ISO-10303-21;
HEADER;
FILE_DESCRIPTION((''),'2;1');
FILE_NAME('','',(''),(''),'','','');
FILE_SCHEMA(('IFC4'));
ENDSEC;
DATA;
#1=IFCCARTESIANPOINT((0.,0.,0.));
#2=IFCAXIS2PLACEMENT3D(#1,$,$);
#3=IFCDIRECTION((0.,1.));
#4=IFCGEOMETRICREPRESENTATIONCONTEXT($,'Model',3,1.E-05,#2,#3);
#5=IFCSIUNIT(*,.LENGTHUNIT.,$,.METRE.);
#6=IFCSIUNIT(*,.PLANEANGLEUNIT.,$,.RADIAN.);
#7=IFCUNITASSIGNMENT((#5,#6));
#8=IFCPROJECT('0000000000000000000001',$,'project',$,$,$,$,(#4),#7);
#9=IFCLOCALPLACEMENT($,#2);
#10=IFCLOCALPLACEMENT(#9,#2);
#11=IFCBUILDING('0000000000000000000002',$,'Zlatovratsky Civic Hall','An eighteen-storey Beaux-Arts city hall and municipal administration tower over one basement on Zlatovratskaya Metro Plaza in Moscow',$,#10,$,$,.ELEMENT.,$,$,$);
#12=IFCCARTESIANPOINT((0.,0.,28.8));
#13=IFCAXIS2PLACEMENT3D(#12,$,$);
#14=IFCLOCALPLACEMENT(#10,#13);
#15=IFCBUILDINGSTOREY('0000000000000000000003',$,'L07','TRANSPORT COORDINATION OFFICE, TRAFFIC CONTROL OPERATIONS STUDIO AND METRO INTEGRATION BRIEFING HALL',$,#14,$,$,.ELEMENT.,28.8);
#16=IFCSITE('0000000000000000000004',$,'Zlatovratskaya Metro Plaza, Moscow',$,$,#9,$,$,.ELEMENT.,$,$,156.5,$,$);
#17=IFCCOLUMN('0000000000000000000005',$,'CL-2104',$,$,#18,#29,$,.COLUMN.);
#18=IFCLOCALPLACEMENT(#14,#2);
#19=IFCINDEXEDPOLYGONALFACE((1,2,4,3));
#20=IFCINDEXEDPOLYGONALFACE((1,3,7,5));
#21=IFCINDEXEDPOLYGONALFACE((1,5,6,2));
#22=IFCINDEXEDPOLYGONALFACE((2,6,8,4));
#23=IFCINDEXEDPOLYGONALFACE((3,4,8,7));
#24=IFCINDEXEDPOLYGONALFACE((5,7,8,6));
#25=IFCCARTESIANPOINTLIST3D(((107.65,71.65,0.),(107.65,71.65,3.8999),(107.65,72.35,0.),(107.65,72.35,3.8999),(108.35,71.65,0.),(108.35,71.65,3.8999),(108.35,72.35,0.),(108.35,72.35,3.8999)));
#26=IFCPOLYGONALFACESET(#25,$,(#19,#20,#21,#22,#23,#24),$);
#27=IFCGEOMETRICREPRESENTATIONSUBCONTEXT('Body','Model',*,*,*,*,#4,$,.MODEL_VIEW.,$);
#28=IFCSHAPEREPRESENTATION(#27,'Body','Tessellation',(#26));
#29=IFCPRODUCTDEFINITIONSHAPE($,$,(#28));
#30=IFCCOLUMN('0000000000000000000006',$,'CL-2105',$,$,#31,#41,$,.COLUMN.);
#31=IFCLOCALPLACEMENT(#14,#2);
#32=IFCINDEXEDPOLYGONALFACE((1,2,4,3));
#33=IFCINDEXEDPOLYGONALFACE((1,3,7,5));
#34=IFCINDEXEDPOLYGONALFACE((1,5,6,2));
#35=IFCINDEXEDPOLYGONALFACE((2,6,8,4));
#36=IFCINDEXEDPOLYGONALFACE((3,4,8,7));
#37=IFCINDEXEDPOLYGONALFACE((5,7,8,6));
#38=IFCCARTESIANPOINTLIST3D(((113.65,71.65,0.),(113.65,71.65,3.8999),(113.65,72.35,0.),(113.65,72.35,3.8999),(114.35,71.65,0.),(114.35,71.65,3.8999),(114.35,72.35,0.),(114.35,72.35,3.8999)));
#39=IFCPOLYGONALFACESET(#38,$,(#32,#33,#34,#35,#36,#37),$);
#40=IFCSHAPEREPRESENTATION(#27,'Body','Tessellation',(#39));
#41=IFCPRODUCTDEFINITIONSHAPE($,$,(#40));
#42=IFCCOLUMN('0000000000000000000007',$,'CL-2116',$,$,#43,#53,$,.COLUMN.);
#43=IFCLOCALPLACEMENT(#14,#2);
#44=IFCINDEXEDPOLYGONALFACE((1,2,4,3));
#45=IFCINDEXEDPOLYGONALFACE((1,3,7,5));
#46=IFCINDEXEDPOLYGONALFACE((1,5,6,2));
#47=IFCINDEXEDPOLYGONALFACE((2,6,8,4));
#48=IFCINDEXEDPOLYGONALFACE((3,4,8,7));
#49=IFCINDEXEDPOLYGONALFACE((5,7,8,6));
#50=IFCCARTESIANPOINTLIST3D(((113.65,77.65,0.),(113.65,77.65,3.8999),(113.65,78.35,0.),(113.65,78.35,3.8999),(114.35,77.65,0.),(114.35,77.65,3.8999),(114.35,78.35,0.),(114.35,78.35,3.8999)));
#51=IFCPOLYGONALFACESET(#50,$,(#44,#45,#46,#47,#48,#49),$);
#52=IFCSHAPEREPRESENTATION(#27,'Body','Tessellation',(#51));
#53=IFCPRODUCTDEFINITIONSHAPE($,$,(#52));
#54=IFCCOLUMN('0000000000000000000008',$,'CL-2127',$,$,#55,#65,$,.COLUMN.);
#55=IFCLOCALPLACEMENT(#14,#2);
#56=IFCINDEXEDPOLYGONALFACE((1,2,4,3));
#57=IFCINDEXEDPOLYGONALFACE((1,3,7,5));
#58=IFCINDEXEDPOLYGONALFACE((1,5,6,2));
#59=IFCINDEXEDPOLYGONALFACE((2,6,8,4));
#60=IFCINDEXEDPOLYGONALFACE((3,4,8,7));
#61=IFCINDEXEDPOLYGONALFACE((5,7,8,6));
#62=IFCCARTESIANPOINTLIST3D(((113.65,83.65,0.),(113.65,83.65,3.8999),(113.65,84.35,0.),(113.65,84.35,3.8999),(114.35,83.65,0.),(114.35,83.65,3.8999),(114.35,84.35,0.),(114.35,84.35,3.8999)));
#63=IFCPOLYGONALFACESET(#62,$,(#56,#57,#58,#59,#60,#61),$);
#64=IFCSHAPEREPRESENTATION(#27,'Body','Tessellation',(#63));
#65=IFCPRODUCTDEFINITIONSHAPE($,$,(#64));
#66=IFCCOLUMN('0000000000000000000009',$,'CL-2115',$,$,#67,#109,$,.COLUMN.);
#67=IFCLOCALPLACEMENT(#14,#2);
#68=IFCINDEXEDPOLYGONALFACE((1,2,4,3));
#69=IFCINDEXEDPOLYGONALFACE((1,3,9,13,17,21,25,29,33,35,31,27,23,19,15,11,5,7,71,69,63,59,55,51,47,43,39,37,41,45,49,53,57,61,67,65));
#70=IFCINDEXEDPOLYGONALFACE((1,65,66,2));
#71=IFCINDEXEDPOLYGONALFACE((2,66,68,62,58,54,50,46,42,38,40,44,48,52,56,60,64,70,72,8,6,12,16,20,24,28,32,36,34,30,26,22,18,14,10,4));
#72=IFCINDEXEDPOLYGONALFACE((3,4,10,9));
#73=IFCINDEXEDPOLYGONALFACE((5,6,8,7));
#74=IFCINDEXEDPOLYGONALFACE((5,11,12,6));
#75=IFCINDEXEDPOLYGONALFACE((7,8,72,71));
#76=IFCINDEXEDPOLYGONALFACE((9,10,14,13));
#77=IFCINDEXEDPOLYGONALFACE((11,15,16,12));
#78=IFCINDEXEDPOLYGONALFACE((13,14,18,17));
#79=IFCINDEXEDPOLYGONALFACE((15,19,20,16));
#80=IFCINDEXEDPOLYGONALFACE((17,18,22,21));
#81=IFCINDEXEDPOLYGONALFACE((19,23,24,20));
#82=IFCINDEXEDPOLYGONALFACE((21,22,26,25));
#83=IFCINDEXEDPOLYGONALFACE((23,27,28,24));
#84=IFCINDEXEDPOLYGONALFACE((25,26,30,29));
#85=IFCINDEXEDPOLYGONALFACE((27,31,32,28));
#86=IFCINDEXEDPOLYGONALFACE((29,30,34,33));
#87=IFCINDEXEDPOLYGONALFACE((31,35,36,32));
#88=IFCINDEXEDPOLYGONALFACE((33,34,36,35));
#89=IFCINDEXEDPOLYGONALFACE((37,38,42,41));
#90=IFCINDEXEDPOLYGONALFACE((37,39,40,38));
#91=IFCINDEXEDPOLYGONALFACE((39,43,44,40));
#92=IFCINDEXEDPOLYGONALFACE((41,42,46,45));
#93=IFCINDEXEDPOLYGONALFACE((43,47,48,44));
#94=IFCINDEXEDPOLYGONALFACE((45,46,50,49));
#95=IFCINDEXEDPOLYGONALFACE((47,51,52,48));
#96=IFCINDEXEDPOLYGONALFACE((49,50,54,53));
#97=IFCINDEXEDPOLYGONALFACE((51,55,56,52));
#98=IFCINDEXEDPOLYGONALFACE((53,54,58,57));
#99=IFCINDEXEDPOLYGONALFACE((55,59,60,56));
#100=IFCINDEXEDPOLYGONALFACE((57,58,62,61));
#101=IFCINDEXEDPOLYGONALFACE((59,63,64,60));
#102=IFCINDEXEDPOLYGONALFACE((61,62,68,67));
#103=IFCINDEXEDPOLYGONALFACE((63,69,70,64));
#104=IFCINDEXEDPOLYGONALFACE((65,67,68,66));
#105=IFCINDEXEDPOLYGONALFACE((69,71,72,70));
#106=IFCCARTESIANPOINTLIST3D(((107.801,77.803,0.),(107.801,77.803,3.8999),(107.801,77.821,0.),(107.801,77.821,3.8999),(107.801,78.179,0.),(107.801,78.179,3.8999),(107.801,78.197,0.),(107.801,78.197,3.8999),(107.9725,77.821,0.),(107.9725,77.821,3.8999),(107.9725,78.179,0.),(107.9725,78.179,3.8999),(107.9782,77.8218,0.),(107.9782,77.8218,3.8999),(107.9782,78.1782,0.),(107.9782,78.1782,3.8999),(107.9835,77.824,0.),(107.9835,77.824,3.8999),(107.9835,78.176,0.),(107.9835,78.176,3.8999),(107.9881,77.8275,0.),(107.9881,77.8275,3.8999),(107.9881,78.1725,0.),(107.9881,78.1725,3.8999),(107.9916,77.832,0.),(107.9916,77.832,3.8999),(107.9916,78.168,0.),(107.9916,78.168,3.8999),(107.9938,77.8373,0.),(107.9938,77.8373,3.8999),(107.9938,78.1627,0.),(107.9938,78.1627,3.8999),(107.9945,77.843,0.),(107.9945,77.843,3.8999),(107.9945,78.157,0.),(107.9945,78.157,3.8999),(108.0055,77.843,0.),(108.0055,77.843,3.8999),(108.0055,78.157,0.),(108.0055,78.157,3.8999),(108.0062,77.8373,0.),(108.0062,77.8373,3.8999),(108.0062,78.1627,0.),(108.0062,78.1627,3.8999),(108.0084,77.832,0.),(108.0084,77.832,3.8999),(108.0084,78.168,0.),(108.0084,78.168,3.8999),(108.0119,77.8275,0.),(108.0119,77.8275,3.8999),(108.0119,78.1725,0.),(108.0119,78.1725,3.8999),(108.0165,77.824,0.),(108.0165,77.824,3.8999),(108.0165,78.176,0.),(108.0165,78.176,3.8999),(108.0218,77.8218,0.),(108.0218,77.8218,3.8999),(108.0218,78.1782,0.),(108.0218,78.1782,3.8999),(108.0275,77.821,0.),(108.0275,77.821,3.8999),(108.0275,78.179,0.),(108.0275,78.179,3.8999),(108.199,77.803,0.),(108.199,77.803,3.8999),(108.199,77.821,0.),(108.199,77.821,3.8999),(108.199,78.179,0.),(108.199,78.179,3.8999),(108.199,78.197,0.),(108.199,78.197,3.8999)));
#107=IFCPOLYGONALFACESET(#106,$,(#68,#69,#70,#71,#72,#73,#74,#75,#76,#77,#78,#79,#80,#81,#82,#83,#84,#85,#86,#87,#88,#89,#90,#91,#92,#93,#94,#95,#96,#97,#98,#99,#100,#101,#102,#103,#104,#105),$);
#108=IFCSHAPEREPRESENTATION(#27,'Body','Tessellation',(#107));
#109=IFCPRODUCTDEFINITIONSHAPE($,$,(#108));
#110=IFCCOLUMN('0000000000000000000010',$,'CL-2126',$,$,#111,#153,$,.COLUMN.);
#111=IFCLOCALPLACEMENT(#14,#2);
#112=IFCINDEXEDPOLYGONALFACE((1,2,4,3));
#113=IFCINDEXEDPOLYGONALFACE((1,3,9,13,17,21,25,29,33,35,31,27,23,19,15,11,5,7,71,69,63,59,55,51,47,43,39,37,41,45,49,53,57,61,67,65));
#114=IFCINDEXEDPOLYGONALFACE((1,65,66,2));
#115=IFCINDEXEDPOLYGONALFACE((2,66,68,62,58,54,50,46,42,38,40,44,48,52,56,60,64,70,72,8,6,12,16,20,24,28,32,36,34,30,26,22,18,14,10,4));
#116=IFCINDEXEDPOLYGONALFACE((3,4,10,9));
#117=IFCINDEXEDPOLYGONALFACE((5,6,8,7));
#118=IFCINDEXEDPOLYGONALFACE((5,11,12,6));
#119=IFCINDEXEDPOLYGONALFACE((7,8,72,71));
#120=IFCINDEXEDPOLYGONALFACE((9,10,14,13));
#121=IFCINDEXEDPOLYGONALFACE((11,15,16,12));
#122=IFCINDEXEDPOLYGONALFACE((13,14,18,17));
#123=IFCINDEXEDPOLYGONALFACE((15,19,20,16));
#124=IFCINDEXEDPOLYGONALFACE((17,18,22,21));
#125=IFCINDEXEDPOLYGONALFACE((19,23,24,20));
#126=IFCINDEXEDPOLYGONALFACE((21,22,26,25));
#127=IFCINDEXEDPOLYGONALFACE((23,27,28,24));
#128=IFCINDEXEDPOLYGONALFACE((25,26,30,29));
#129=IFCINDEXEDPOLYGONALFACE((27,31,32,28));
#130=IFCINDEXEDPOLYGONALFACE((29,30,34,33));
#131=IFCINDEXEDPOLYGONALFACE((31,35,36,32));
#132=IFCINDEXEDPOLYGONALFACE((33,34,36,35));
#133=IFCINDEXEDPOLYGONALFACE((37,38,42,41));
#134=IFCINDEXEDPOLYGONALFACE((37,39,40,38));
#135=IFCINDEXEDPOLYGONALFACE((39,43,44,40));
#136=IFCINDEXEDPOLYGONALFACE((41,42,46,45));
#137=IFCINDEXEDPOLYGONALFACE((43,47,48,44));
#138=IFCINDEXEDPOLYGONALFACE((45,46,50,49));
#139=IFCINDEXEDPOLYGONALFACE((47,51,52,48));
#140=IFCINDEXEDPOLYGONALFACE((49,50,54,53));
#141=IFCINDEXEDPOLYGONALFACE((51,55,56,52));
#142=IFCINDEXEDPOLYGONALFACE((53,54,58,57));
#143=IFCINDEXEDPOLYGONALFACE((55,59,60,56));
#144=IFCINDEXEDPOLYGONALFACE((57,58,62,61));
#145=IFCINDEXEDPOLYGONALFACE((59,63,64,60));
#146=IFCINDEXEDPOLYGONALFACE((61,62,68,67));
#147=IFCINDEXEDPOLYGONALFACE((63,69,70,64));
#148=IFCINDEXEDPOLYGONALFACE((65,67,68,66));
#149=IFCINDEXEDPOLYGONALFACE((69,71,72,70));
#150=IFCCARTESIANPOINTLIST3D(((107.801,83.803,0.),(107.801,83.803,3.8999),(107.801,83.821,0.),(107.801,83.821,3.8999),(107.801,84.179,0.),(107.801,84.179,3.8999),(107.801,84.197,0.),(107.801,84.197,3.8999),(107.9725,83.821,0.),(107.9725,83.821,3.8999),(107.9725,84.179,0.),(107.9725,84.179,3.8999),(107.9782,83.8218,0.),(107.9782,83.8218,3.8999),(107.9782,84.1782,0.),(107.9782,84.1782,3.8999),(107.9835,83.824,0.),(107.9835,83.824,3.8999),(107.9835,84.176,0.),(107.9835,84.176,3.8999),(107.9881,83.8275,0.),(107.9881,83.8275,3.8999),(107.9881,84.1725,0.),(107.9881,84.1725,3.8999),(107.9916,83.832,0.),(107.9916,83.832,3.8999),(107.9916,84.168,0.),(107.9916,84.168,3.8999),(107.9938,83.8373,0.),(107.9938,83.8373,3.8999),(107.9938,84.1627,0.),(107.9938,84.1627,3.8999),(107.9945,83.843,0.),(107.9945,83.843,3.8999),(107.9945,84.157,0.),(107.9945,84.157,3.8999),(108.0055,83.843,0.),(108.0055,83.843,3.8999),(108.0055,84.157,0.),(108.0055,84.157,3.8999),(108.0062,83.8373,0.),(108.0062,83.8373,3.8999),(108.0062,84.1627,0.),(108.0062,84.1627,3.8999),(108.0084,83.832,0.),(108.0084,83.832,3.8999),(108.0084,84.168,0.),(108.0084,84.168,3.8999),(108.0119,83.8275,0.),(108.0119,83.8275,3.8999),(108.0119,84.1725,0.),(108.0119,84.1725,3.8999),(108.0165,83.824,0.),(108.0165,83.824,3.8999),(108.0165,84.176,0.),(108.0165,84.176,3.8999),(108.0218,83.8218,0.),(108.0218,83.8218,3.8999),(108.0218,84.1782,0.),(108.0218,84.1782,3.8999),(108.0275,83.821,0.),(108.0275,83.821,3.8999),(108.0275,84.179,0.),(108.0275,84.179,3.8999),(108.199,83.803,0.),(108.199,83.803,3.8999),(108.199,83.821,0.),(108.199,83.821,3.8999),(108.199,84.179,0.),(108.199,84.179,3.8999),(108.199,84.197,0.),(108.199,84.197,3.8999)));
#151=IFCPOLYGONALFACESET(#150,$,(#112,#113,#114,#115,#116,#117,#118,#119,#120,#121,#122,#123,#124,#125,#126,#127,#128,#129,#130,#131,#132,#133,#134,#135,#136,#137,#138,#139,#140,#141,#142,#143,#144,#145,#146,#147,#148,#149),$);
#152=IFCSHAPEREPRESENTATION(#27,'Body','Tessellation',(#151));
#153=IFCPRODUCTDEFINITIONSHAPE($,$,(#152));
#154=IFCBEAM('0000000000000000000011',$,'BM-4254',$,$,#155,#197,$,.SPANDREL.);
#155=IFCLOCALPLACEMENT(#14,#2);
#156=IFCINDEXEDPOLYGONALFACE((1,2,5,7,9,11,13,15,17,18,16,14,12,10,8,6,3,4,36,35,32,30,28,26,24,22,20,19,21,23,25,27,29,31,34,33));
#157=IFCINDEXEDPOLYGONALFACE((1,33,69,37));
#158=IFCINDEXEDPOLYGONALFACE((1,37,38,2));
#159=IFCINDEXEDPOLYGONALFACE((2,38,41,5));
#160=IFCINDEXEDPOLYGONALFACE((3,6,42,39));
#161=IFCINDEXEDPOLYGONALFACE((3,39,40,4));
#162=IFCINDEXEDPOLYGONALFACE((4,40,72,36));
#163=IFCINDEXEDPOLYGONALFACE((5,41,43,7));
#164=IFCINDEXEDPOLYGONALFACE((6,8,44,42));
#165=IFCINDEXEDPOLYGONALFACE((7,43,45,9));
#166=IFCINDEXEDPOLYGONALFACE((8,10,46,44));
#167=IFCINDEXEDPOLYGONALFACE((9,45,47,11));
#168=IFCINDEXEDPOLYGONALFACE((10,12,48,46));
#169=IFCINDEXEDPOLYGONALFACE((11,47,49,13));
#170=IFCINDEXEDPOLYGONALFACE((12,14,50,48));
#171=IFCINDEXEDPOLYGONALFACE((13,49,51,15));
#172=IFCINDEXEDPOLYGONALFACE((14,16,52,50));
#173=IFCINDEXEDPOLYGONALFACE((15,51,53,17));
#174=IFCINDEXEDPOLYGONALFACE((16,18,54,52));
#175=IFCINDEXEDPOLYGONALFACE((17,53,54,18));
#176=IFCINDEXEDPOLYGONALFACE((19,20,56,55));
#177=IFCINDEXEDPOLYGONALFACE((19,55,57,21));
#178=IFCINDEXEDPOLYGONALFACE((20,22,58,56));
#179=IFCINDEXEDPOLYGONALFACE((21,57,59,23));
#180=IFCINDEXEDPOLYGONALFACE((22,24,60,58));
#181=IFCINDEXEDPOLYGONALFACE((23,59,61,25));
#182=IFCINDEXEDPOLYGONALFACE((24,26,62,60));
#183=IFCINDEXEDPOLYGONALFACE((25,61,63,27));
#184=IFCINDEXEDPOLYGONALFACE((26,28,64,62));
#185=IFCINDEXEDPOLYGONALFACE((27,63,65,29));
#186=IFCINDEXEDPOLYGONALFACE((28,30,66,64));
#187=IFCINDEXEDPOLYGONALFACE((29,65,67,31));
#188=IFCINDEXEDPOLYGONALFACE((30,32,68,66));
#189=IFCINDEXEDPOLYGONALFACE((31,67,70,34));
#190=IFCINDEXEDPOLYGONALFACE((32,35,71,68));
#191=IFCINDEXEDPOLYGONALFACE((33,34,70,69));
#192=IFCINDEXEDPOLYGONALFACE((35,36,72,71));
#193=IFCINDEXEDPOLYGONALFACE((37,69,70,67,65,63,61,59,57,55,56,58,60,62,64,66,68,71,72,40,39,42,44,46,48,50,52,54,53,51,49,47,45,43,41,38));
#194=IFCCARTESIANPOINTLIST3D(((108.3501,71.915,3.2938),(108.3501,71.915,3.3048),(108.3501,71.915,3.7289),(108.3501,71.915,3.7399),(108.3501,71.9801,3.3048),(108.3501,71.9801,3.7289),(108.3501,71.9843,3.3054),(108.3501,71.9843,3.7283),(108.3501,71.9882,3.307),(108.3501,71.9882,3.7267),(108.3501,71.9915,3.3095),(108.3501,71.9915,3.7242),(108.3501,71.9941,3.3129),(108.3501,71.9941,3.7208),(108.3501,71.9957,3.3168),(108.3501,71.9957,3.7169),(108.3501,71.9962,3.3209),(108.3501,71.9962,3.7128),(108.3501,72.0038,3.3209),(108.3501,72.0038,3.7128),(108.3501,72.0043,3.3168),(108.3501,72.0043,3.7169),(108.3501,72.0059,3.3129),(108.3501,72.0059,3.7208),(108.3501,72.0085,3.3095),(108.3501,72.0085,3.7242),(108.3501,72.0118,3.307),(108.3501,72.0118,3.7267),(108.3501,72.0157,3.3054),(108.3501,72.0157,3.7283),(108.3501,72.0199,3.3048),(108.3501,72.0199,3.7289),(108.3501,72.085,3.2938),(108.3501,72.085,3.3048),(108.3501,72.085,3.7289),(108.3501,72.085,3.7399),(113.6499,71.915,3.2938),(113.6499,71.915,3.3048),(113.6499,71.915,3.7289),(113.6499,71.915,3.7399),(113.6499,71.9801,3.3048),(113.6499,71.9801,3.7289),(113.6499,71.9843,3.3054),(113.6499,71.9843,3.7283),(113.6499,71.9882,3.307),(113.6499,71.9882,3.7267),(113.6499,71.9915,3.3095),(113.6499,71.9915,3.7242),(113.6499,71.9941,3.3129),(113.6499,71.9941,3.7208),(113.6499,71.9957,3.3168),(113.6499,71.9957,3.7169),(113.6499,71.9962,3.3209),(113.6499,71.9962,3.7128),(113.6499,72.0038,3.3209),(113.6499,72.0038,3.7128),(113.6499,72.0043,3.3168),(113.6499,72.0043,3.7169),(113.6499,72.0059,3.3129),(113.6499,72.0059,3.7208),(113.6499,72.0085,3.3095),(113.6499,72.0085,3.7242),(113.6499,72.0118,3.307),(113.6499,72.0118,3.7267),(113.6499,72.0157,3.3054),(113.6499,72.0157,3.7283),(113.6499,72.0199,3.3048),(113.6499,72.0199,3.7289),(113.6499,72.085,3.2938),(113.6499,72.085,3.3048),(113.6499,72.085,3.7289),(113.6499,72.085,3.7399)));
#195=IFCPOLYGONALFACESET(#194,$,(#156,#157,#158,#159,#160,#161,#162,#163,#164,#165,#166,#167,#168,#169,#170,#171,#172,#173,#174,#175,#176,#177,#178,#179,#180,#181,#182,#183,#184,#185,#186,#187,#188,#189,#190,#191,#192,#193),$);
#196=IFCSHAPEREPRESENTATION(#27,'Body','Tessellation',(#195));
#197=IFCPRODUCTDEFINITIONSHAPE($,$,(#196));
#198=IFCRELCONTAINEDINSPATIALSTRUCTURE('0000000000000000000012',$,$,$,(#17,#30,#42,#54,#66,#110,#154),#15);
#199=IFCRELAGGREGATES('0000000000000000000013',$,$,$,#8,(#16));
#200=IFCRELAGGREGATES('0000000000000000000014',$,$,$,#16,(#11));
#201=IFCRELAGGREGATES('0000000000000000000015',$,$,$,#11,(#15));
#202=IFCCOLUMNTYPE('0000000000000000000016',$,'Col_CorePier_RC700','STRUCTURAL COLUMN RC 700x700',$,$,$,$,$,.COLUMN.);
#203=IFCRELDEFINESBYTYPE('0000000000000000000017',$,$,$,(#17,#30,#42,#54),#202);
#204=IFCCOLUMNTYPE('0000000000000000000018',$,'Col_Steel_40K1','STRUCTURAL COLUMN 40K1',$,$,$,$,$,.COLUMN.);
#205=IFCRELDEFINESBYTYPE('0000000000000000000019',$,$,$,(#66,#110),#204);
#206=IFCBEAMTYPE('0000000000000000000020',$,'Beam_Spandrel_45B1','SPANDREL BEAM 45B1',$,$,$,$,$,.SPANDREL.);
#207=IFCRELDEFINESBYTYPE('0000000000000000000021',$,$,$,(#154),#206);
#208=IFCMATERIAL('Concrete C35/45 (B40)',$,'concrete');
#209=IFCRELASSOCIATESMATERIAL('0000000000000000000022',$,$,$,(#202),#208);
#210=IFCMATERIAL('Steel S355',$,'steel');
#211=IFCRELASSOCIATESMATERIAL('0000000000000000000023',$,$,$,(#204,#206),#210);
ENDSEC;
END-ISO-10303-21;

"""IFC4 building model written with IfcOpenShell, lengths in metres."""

from ifc_helpers import new_model, si_unit, direction, frame, origin, origin_2d, place, context, subcontext, project, spatial, rectangle, i_section, extrude, material, material_profile, profile_set, type_object, element, save


model = new_model("IFC4")

# Units and contexts
model_context = context("Model", 3, precision=1e-05, world=origin(), true_north=direction((0.0, 1.0)))
body_context = subcontext(model_context, "Body", "Model", "MODEL_VIEW")
ifc_project = project(units=[si_unit("LENGTHUNIT", "METRE"), si_unit("PLANEANGLEUNIT", "RADIAN")], contexts=[model_context])

# Site, building, storey
site_placement = place(None, origin())
site = spatial("IfcSite", under=ifc_project, at=site_placement, Name="Zlatovratskaya Metro Plaza, Moscow", CompositionType="ELEMENT", RefElevation=156.5)
building_placement = place(site_placement, origin())
building = spatial("IfcBuilding", under=site, at=building_placement, Name="Zlatovratsky Civic Hall", Description="An eighteen-storey Beaux-Arts city hall and municipal administration tower over one basement on Zlatovratskaya Metro Plaza in Moscow", CompositionType="ELEMENT")
storey_placement = place(building_placement, frame((0.0, 0.0, 28.8)))
storey = spatial("IfcBuildingStorey", under=building, at=storey_placement, Name="L07", Description="TRANSPORT COORDINATION OFFICE, TRAFFIC CONTROL OPERATIONS STUDIO AND METRO INTEGRATION BRIEFING HALL", CompositionType="ELEMENT", Elevation=28.8)

# Columns
ifc_material_1 = material(Name="Concrete C35/45 (B40)", Category="concrete")
ifc_material_profile_1 = material_profile(ifc_material_1, rectangle(XDim=0.7, YDim=0.7, at=origin_2d()), Name="RC 700x700")
ifc_profile_set_1 = profile_set([ifc_material_profile_1], Name="Concrete C35/45 (B40)")
column_type_1 = type_object("IfcColumnType", Name="Col_CorePier_RC700", Description="STRUCTURAL COLUMN RC 700x700", PredefinedType="COLUMN", material=ifc_profile_set_1)
for number, where, z_axis, x_axis, name in (
    (1, (108.0, 72.0, 0.0), (0.0, 0.0, 1.0), (1.0, 0.0, 0.0), "CL-2104"),
    (2, (114.0, 72.0, 0.0), (0.0, 0.0, 1.0), (1.0, 0.0, 0.0), "CL-2105"),
    (3, (114.0, 78.0, 0.0), (0.0, 0.0, 1.0), (1.0, 0.0, 0.0), "CL-2116"),
    (4, (114.0, 84.0, 0.0), (0.0, 0.0, 1.0), (1.0, 0.0, 0.0), "CL-2127"),
):
    element("IfcColumn", number, at=place(storey_placement, frame(where, z_axis=z_axis, x_axis=x_axis)), inside=storey, type_object=column_type_1, Name=name, PredefinedType="COLUMN", context=body_context, shape_type="SweptSolid", body=[
        extrude(rectangle(XDim=0.7, YDim=0.7, at=origin_2d()), origin(), (0.0, 0.0, 1.0), 3.8999),
    ])
ifc_material_2 = material(Name="Steel S355", Category="steel")
ifc_material_profile_2 = material_profile(ifc_material_2, i_section(OverallWidth=0.3979, OverallDepth=0.394, WebThickness=0.011, FlangeThickness=0.0181, FilletRadius=0.022, at=origin_2d()), Name="40K1")
ifc_profile_set_2 = profile_set([ifc_material_profile_2], Name="Steel S355")
column_type_2 = type_object("IfcColumnType", Name="Col_Steel_40K1", Description="STRUCTURAL COLUMN 40K1", PredefinedType="COLUMN", material=ifc_profile_set_2)
for number, where, z_axis, x_axis, name in (
    (5, (108.0, 78.0, 0.0), (0.0, 0.0, 1.0), (1.0, 0.0, 0.0), "CL-2115"),
    (6, (108.0, 84.0, 0.0), (0.0, 0.0, 1.0), (1.0, 0.0, 0.0), "CL-2126"),
):
    element("IfcColumn", number, at=place(storey_placement, frame(where, z_axis=z_axis, x_axis=x_axis)), inside=storey, type_object=column_type_2, Name=name, PredefinedType="COLUMN", context=body_context, shape_type="SweptSolid", body=[
        extrude(i_section(OverallWidth=0.3979, OverallDepth=0.394, WebThickness=0.011, FlangeThickness=0.0181, FilletRadius=0.022, at=origin_2d()), origin(), (0.0, 0.0, 1.0), 3.8999),
    ])

# Beam
ifc_material_profile_3 = material_profile(ifc_material_2, i_section(OverallWidth=0.1699, OverallDepth=0.446, WebThickness=0.0076, FlangeThickness=0.011, FilletRadius=0.0161, at=origin_2d()), Name="45B1")
ifc_profile_set_3 = profile_set([ifc_material_profile_3], Name="Steel S355")
beam_type_1 = type_object("IfcBeamType", Name="Beam_Spandrel_45B1", Description="SPANDREL BEAM 45B1", PredefinedType="SPANDREL", material=ifc_profile_set_3)
for number, where, z_axis, x_axis, name in (
    (7, (108.3501, 72.0, 3.5168), (1.0, 0.0, 0.0), (0.0, 1.0, 0.0), "BM-4254"),
):
    element("IfcBeam", number, at=place(storey_placement, frame(where, z_axis=z_axis, x_axis=x_axis)), inside=storey, type_object=beam_type_1, Name=name, PredefinedType="SPANDREL", context=body_context, shape_type="SweptSolid", body=[
        extrude(i_section(OverallWidth=0.1699, OverallDepth=0.446, WebThickness=0.0076, FlangeThickness=0.011, FilletRadius=0.0161, at=origin_2d()), origin(), (0.0, 0.0, 1.0), 5.2998),
    ])

save(model, "model.ifc")
